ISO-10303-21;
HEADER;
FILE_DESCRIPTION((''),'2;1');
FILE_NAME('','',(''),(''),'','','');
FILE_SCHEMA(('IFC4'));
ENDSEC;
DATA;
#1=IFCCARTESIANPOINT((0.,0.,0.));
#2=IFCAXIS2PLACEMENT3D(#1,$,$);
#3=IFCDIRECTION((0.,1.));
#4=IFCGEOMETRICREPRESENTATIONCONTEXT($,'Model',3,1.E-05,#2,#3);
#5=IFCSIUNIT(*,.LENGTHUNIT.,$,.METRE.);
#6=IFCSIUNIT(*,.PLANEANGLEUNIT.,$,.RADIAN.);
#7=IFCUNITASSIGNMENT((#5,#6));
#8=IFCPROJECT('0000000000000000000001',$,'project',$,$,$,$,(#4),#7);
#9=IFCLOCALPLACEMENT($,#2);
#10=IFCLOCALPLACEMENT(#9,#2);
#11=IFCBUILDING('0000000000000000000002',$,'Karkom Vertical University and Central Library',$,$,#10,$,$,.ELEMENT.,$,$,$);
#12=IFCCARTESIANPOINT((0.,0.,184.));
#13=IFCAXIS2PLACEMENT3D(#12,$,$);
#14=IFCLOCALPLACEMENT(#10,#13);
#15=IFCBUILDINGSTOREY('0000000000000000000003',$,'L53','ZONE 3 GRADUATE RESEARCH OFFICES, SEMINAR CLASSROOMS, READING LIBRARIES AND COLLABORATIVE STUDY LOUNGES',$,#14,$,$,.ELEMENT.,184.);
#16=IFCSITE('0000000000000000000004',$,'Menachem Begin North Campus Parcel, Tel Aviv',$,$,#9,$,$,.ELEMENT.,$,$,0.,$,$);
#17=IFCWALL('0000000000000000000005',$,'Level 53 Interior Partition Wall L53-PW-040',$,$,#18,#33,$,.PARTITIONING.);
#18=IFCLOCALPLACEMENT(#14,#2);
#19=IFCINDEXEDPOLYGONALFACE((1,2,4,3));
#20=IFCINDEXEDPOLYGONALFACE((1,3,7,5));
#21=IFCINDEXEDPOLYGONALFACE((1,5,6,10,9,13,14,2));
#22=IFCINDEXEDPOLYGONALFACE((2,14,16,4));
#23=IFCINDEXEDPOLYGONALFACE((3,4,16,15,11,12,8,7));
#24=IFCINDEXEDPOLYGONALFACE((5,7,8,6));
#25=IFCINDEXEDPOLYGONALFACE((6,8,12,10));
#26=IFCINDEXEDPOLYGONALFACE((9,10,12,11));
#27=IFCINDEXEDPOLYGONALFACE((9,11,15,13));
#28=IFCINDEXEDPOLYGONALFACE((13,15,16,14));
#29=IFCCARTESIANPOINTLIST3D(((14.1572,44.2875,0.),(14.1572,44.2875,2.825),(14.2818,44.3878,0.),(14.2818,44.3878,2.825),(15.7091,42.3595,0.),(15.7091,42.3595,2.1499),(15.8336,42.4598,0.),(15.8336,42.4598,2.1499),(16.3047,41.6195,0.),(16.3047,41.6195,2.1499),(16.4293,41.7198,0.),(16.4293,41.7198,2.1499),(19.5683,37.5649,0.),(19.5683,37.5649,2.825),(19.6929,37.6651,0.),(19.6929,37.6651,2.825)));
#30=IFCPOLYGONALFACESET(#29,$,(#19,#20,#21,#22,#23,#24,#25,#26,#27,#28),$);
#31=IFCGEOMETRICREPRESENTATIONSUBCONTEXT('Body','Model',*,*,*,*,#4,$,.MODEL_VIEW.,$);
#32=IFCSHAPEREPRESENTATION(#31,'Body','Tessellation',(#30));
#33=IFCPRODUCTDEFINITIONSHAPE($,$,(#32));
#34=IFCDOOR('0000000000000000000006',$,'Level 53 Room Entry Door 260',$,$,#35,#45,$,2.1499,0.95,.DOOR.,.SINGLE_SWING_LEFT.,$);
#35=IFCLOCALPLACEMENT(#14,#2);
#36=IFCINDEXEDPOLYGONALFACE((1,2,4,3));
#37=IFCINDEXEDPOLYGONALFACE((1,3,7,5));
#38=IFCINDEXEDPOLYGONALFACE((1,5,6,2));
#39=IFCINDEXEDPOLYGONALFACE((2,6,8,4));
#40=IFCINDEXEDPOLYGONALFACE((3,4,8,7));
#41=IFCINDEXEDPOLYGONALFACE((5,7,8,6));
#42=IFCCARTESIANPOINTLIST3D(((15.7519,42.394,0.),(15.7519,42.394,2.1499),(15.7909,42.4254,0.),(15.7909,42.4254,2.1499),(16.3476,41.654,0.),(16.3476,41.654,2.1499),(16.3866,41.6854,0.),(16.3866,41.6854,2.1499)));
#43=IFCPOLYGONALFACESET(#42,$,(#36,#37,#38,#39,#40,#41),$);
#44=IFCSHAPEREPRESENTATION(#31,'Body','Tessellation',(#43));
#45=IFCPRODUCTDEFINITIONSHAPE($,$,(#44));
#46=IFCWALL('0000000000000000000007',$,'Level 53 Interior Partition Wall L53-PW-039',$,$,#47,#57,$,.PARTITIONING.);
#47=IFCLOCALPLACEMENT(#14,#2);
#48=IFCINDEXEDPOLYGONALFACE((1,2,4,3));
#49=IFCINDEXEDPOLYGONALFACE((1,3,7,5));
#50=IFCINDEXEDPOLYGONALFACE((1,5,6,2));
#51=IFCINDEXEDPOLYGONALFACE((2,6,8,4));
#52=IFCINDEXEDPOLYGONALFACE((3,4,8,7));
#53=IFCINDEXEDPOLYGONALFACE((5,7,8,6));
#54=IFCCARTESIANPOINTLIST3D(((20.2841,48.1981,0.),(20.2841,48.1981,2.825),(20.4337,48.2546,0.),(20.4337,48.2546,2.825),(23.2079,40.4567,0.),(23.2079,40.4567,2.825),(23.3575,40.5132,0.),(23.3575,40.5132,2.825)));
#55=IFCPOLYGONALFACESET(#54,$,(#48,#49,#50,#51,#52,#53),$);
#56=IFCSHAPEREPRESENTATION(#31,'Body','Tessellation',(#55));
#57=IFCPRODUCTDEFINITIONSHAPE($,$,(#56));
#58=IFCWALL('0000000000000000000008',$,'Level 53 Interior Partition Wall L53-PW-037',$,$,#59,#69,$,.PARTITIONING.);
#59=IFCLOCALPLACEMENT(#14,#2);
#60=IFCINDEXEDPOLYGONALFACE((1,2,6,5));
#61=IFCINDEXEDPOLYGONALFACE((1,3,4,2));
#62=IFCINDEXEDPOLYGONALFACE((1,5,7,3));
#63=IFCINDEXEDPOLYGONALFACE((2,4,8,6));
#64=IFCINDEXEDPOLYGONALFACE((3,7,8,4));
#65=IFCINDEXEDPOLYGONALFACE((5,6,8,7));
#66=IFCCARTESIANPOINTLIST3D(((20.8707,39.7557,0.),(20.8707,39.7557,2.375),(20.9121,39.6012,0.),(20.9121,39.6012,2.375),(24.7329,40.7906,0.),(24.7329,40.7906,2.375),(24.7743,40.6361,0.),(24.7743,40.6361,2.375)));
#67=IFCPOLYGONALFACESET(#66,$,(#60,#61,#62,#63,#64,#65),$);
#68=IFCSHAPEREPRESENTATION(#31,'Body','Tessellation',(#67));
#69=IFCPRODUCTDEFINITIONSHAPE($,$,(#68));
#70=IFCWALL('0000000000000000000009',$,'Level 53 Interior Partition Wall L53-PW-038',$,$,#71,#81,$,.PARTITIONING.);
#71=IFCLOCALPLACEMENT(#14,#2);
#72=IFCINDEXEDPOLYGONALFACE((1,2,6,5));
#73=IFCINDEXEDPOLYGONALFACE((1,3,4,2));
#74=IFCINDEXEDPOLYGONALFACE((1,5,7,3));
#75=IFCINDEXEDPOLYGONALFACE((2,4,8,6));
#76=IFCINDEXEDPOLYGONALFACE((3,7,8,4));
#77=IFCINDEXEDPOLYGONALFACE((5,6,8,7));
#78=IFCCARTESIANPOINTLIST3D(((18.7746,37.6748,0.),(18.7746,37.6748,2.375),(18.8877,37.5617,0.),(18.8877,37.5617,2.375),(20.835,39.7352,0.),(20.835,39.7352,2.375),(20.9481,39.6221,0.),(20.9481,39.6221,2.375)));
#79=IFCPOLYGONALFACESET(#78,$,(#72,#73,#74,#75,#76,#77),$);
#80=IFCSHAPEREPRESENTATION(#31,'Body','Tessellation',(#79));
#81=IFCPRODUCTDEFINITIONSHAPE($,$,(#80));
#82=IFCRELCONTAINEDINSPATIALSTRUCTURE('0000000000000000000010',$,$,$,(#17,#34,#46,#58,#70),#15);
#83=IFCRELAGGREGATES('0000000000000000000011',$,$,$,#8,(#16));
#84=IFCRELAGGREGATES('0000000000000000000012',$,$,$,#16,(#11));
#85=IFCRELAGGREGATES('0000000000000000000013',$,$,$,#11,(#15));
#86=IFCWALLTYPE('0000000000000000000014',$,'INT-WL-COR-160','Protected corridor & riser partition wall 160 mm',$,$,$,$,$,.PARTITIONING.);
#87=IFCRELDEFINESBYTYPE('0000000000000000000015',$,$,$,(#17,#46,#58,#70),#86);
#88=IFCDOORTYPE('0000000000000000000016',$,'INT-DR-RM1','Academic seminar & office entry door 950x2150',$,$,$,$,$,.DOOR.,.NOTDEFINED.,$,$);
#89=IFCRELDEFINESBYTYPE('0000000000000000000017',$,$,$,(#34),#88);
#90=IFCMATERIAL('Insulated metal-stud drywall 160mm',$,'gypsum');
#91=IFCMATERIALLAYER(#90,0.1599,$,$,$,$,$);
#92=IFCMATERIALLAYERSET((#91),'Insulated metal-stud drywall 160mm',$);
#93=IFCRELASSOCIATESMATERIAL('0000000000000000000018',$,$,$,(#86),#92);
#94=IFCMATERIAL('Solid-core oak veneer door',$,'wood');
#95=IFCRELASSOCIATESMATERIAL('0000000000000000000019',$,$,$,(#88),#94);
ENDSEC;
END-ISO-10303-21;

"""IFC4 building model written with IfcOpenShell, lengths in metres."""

from ifc_helpers import new_model, si_unit, direction, frame, frame_2d, origin, origin_with_axes, place, context, subcontext, project, spatial, rectangle, extrude, source, transform, mapped, material, layer, layer_set, type_object, element, fill, save


model = new_model("IFC4")

# Units and contexts
model_context = context("Model", 3, precision=1e-05, world=origin(), true_north=direction((0.0, 1.0)))
body_context = subcontext(model_context, "Body", "Model", "MODEL_VIEW")
ifc_project = project(units=[si_unit("LENGTHUNIT", "METRE"), si_unit("PLANEANGLEUNIT", "RADIAN")], contexts=[model_context])

# Site, building, storey
site_placement = place(None, origin())
site = spatial("IfcSite", under=ifc_project, at=site_placement, Name="Menachem Begin North Campus Parcel, Tel Aviv", CompositionType="ELEMENT", RefElevation=0.0)
building_placement = place(site_placement, origin())
building = spatial("IfcBuilding", under=site, at=building_placement, Name="Karkom Vertical University and Central Library", CompositionType="ELEMENT")
storey_placement = place(building_placement, frame((0.0, 0.0, 184.0)))
storey = spatial("IfcBuildingStorey", under=building, at=storey_placement, Name="L53", Description="ZONE 3 GRADUATE RESEARCH OFFICES, SEMINAR CLASSROOMS, READING LIBRARIES AND COLLABORATIVE STUDY LOUNGES", CompositionType="ELEMENT", Elevation=184.0)

# Shared definitions
ifc_material_1 = material(Name="Insulated metal-stud drywall 160mm", Category="gypsum")
ifc_layer_1 = layer(ifc_material_1, 0.1599)
ifc_layer_set_1 = layer_set([ifc_layer_1], Name="Insulated metal-stud drywall 160mm")
wall_type_1 = type_object("IfcWallType", Name="INT-WL-COR-160", Description="Protected corridor & riser partition wall 160 mm", PredefinedType="PARTITIONING", material=ifc_layer_set_1)
ifc_material_2 = material(Name="Solid-core oak veneer door", Category="wood")
door_type = type_object("IfcDoorType", Name="INT-DR-RM1", Description="Academic seminar & office entry door 950x2150", OperationType="NOTDEFINED", PredefinedType="DOOR", material=ifc_material_2)
shared_shape_1 = source(origin_with_axes(), body_context, "Body", "SweptSolid", [
    extrude(rectangle(XDim=0.95, YDim=2.1499, at=frame_2d((0.4751, 1.075))), frame((0.0, 0.0249, 0.0), z_axis=(0.0, -1.0, 0.0), x_axis=(1.0, 0.0, 0.0)), (0.0, 0.0, 1.0), 0.05),
])

# Wall, opening, door
wall_1_placement = place(storey_placement, frame((19.6306, 37.615, 0.0), z_axis=(0.0, 0.0, 1.0), x_axis=(-0.627024, 0.779, 0.0)))
wall_1 = element("IfcWall", 1, at=wall_1_placement, inside=storey, type_object=wall_type_1, Name="Level 53 Interior Partition Wall L53-PW-040", PredefinedType="PARTITIONING", context=body_context, shape_type="SweptSolid", body=[
    extrude(rectangle(XDim=8.6299, YDim=0.1599, at=frame_2d((4.3149, 0.0))), origin(), (0.0, 0.0, 1.0), 2.825),
])
opening_1_placement = place(wall_1_placement, frame((5.2048, 0.0, 0.0)))
opening_1 = element("IfcOpeningElement", 2, at=opening_1_placement, cuts=wall_1, PredefinedType="OPENING", context=body_context, shape_type="SweptSolid", body=[
    extrude(rectangle(XDim=0.95, YDim=2.1499, at=frame_2d((0.4751, 1.075))), frame((0.0, 0.0898, 0.0), z_axis=(0.0, -1.0, 0.0), x_axis=(1.0, 0.0, 0.0)), (0.0, 0.0, 1.0), 0.1799),
])
door_1_placement = place(opening_1_placement, origin())
door_1 = element("IfcDoor", 3, at=door_1_placement, inside=storey, type_object=door_type, Name="Level 53 Room Entry Door 260", OperationType="SINGLE_SWING_LEFT", OverallHeight=2.1499, OverallWidth=0.95, PredefinedType="DOOR", context=body_context, shape_type="MappedRepresentation", body=[
    mapped(shared_shape_1, transform((0.0, 0.0, 0.0), scale=1.0)),
])
fill(opening_1, door_1)

# Walls
wall_2_placement = place(storey_placement, frame((23.2827, 40.4849, 0.0), z_axis=(0.0, 0.0, 1.0), x_axis=(-0.353324, 0.935501, 0.0)))
element("IfcWall", 4, at=wall_2_placement, inside=storey, type_object=wall_type_1, Name="Level 53 Interior Partition Wall L53-PW-039", PredefinedType="PARTITIONING", context=body_context, shape_type="SweptSolid", body=[
    extrude(rectangle(XDim=8.2751, YDim=0.1599, at=frame_2d((4.1377, 0.0))), origin(), (0.0, 0.0, 1.0), 2.825),
])
wall_3_placement = place(storey_placement, frame((20.8914, 39.6785, 0.0), z_axis=(0.0, 0.0, 1.0), x_axis=(0.965925, 0.258822, 0.0)))
element("IfcWall", 5, at=wall_3_placement, inside=storey, type_object=wall_type_1, Name="Level 53 Interior Partition Wall L53-PW-037", PredefinedType="PARTITIONING", context=body_context, shape_type="SweptSolid", body=[
    extrude(rectangle(XDim=3.9985, YDim=0.1599, at=frame_2d((1.9993, 0.0))), origin(), (0.0, 0.0, 1.0), 2.375),
])
wall_4_placement = place(storey_placement, frame((18.8311, 37.6182, 0.0), z_axis=(0.0, 0.0, 1.0), x_axis=(0.707107, 0.707107, 0.0)))
element("IfcWall", 6, at=wall_4_placement, inside=storey, type_object=wall_type_1, Name="Level 53 Interior Partition Wall L53-PW-038", PredefinedType="PARTITIONING", context=body_context, shape_type="SweptSolid", body=[
    extrude(rectangle(XDim=2.9138, YDim=0.1599, at=frame_2d((1.457, 0.0))), origin(), (0.0, 0.0, 1.0), 2.375),
])

save(model, "model.ifc")
